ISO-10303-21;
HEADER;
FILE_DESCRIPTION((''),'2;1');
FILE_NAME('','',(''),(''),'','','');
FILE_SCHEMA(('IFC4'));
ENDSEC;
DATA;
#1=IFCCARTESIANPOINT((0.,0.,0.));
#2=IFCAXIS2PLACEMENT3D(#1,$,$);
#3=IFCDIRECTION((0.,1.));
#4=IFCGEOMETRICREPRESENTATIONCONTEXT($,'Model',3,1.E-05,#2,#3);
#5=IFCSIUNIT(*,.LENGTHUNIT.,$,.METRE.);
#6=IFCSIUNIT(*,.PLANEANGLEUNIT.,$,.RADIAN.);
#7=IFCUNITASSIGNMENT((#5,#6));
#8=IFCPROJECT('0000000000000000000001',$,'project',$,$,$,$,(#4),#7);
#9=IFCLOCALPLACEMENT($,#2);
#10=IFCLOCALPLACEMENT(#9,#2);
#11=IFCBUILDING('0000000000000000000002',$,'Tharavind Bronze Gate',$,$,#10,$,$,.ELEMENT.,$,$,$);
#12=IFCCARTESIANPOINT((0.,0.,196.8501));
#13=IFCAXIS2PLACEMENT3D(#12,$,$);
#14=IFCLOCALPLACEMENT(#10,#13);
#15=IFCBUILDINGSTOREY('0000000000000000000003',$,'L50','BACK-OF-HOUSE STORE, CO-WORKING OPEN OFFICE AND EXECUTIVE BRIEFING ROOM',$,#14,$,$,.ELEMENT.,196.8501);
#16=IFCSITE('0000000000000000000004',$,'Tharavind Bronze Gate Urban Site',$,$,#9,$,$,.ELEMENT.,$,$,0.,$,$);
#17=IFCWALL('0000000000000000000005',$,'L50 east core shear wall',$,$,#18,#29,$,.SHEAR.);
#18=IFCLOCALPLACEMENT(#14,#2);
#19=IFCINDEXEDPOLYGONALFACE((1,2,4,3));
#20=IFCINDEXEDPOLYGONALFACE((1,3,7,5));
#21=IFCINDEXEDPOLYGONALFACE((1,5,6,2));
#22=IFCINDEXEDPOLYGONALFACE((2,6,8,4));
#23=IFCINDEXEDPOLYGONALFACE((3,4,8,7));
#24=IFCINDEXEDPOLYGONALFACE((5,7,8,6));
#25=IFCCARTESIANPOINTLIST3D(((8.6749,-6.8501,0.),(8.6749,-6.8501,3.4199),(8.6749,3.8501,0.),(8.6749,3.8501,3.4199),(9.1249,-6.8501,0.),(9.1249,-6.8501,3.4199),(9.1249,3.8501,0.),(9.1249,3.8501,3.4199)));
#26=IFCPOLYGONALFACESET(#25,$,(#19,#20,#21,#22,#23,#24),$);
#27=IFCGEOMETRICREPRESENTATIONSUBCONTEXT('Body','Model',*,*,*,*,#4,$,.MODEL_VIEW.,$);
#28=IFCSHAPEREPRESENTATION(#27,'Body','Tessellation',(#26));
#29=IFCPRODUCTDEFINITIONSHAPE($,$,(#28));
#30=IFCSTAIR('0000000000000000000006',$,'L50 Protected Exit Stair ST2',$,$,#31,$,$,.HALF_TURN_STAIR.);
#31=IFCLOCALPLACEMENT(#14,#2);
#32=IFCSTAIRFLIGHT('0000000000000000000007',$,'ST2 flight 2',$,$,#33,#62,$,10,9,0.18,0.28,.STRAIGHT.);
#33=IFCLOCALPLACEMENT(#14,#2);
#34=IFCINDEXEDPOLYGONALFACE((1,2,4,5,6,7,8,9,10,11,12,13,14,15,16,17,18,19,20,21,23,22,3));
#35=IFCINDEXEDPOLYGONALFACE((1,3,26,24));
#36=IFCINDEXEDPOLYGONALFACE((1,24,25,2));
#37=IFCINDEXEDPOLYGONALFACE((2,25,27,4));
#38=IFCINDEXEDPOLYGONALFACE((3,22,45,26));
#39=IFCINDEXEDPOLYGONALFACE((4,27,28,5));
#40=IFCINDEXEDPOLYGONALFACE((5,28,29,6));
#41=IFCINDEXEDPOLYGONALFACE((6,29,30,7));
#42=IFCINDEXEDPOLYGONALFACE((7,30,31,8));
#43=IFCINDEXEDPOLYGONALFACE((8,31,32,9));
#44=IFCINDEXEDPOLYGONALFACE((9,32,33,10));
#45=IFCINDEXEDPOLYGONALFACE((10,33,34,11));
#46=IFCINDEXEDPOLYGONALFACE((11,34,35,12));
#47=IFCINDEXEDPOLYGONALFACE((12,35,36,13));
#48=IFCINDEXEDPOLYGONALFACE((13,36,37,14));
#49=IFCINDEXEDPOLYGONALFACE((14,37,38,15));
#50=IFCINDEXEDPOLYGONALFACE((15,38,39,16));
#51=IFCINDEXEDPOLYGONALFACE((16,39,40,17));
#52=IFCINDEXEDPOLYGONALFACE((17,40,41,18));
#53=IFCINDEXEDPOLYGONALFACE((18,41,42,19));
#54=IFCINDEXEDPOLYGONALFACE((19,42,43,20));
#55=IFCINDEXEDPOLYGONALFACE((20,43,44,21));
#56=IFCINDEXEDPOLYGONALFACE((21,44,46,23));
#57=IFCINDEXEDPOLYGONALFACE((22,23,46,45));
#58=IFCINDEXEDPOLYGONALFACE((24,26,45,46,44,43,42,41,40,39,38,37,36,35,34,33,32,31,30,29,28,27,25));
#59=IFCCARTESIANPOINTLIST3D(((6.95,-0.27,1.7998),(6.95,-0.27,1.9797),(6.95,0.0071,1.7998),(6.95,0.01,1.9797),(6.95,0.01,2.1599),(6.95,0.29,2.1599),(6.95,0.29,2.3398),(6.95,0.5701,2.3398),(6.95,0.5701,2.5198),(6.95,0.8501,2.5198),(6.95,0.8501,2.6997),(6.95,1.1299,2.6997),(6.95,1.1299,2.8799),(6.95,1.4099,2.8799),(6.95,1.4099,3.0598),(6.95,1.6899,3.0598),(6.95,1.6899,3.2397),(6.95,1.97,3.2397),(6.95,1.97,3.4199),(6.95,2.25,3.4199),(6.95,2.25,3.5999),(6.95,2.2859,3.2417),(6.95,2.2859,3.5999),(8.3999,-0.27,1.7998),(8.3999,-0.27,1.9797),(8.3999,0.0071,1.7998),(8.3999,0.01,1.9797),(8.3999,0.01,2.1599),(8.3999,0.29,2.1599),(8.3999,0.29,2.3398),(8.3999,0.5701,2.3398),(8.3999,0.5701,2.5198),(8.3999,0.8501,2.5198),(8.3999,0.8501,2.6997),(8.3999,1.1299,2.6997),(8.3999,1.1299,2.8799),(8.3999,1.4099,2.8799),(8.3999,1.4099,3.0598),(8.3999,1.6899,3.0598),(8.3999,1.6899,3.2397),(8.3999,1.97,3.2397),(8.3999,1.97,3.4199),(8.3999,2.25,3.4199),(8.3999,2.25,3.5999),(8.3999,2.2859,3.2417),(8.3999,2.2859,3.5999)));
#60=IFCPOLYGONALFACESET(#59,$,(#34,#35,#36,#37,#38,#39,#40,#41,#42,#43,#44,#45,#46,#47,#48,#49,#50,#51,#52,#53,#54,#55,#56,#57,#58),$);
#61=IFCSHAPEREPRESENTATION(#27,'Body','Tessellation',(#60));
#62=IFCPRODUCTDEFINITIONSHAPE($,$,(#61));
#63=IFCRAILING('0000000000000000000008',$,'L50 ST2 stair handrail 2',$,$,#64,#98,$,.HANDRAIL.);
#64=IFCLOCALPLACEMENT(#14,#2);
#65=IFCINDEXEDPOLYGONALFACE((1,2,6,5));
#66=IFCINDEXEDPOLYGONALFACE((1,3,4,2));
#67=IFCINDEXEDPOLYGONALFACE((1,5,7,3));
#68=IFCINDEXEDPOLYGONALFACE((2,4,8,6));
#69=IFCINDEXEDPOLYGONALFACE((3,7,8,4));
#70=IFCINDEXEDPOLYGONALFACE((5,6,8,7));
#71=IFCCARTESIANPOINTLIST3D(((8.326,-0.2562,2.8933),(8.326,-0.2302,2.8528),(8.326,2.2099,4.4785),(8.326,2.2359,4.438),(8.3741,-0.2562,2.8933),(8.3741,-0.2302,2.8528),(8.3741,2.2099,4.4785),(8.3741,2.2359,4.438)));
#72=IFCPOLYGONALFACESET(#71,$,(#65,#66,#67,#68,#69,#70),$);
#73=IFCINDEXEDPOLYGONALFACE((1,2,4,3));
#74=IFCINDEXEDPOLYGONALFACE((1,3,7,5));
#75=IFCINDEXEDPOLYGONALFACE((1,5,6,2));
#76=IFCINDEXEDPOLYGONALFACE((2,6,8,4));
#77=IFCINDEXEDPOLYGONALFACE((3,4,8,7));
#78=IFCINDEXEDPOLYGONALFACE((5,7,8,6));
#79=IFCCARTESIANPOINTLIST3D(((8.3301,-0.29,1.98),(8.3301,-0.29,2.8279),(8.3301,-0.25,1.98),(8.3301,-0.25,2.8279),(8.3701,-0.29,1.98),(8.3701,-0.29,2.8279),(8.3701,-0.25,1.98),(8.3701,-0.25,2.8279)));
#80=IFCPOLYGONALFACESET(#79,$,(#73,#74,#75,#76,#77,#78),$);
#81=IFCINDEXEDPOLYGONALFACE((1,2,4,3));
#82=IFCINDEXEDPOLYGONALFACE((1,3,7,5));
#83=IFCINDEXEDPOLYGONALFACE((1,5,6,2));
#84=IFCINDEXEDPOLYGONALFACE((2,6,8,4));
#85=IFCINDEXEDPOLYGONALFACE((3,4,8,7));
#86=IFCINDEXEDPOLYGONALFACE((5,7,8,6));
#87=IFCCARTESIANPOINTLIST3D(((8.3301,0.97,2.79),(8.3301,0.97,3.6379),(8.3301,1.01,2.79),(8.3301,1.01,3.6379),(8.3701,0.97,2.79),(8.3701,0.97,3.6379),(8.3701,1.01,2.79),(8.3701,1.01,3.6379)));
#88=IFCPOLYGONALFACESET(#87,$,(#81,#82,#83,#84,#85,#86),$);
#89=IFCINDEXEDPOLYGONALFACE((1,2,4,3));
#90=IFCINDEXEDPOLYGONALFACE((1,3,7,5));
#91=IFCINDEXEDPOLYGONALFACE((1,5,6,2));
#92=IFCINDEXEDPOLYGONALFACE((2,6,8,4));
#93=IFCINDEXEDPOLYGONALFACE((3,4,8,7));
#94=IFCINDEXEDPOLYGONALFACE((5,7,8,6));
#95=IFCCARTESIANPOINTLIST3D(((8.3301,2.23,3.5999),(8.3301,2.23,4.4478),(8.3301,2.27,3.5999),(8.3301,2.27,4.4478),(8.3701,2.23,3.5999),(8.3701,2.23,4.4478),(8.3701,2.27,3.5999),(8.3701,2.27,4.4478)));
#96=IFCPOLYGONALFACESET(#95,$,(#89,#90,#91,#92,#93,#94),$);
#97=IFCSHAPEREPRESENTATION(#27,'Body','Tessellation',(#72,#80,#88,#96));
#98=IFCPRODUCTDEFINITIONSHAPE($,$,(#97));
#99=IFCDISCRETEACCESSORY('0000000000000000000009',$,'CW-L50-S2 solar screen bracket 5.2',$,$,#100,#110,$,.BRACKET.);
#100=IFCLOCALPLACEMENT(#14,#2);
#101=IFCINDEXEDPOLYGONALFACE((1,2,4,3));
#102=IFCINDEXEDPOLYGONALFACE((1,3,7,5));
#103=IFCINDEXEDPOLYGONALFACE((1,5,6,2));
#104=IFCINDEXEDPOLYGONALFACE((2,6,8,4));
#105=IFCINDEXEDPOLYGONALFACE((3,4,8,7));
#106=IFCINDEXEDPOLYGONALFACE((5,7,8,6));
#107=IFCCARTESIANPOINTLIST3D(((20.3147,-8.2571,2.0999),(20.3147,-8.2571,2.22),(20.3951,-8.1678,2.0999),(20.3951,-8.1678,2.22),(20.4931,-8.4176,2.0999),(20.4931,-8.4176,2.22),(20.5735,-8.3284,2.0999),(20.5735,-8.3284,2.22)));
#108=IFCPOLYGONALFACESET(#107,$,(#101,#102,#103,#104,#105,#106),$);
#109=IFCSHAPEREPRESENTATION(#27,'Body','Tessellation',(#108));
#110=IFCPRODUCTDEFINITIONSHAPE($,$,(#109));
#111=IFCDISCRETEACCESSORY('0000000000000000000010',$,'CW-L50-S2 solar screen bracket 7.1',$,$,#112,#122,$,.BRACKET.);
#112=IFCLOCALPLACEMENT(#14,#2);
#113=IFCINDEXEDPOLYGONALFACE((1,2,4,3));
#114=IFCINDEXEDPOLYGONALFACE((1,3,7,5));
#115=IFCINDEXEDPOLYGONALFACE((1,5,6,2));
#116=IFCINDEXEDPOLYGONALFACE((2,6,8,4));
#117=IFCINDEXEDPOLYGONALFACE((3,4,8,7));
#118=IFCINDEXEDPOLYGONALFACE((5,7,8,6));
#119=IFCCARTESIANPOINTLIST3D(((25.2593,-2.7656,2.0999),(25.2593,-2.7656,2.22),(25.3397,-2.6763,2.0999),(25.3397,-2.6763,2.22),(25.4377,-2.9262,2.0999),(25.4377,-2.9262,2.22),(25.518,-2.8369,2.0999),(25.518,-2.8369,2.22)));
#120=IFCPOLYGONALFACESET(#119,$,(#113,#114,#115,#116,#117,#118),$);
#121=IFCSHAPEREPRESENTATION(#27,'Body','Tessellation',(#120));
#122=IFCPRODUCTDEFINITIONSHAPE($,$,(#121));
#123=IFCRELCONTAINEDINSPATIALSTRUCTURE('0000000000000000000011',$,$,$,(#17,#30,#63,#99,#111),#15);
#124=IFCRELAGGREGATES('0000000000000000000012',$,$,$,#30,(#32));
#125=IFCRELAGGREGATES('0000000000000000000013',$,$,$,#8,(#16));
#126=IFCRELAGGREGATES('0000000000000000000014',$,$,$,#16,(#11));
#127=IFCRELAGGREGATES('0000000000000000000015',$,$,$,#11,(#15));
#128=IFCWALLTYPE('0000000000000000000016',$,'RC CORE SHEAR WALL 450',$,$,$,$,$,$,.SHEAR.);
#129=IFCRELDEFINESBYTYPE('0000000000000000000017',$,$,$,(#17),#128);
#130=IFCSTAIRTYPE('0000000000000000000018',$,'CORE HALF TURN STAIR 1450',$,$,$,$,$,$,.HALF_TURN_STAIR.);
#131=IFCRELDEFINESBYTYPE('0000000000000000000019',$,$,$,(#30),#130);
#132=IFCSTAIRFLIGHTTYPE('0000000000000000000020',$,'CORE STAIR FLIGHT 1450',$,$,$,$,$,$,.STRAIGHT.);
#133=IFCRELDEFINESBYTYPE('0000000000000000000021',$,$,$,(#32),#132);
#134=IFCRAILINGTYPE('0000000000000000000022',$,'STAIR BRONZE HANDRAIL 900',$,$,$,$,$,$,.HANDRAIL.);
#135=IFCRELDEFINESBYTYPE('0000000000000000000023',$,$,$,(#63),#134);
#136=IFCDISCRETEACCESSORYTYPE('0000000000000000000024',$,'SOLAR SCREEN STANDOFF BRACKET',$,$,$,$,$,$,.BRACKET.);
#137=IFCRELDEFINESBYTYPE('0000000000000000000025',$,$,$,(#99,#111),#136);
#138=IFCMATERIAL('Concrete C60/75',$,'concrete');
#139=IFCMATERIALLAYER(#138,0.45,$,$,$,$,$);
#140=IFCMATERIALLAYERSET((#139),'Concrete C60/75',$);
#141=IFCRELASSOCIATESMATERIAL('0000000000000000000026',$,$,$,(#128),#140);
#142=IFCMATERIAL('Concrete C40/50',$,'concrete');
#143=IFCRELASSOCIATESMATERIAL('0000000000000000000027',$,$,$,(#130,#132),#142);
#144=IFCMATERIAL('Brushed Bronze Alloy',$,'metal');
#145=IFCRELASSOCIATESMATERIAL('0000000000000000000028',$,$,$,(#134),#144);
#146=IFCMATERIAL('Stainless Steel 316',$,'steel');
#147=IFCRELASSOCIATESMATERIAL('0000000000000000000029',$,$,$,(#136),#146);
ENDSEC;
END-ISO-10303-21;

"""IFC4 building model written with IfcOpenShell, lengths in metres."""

from ifc_helpers import new_model, si_unit, direction, frame, frame_2d, origin, origin_2d, place, context, subcontext, project, spatial, polyline, rectangle, outline, extrude, material, layer, layer_set, type_object, element, aggregate, save


model = new_model("IFC4")

# Units and contexts
model_context = context("Model", 3, precision=1e-05, world=origin(), true_north=direction((0.0, 1.0)))
body_context = subcontext(model_context, "Body", "Model", "MODEL_VIEW")
ifc_project = project(units=[si_unit("LENGTHUNIT", "METRE"), si_unit("PLANEANGLEUNIT", "RADIAN")], contexts=[model_context])

# Site, building, storey
site_placement = place(None, origin())
site = spatial("IfcSite", under=ifc_project, at=site_placement, Name="Tharavind Bronze Gate Urban Site", CompositionType="ELEMENT", RefElevation=0.0)
building_placement = place(site_placement, origin())
building = spatial("IfcBuilding", under=site, at=building_placement, Name="Tharavind Bronze Gate", CompositionType="ELEMENT")
storey_placement = place(building_placement, frame((0.0, 0.0, 196.8501)))
storey = spatial("IfcBuildingStorey", under=building, at=storey_placement, Name="L50", Description="BACK-OF-HOUSE STORE, CO-WORKING OPEN OFFICE AND EXECUTIVE BRIEFING ROOM", CompositionType="ELEMENT", Elevation=196.8501)

# Shared definitions
ifc_material_1 = material(Name="Concrete C60/75", Category="concrete")

# Wall
ifc_layer_1 = layer(ifc_material_1, 0.45)
ifc_layer_set_1 = layer_set([ifc_layer_1], Name="Concrete C60/75")
wall_type_1 = type_object("IfcWallType", Name="RC CORE SHEAR WALL 450", PredefinedType="SHEAR", material=ifc_layer_set_1)
wall_1_placement = place(storey_placement, frame((8.8999, -6.8501, 0.0), z_axis=(0.0, 0.0, 1.0), x_axis=(0.0, 1.0, 0.0)))
element("IfcWall", 1, at=wall_1_placement, inside=storey, type_object=wall_type_1, Name="L50 east core shear wall", PredefinedType="SHEAR", context=body_context, shape_type="SweptSolid", body=[
    extrude(rectangle(XDim=10.7002, YDim=0.45, at=frame_2d((5.3501, 0.0))), origin(), (0.0, 0.0, 1.0), 3.4199),
])

# Stair, stair flight
ifc_material_2 = material(Name="Concrete C40/50", Category="concrete")
stair_type = type_object("IfcStairType", Name="CORE HALF TURN STAIR 1450", PredefinedType="HALF_TURN_STAIR", material=ifc_material_2)
stair_placement = place(storey_placement, origin())
stair = element("IfcStair", 2, at=stair_placement, inside=storey, type_object=stair_type, Name="L50 Protected Exit Stair ST2", PredefinedType="HALF_TURN_STAIR")
stair_flight_type = type_object("IfcStairFlightType", Name="CORE STAIR FLIGHT 1450", PredefinedType="STRAIGHT", material=ifc_material_2)
stair_flight_placement = place(storey_placement, frame((7.675, -0.27, 1.7998), z_axis=(0.0, 0.0, 1.0), x_axis=(0.0, 1.0, 0.0)))
stair_flight = element("IfcStairFlight", 3, at=stair_flight_placement, type_object=stair_flight_type, Name="ST2 flight 2", NumberOfRisers=10, NumberOfTreads=9, PredefinedType="STRAIGHT", RiserHeight=0.18, TreadLength=0.28, context=body_context, shape_type="SweptSolid", body=[
    extrude(outline(polyline([(0.0, 0.0), (0.0, 0.1799), (0.28, 0.1799), (0.28, 0.3601), (0.5601, 0.3601), (0.5601, 0.54), (0.8401, 0.54), (0.8401, 0.72), (1.1201, 0.72), (1.1201, 0.8999), (1.3999, 0.8999), (1.3999, 1.0801), (1.6799, 1.0801), (1.6799, 1.26), (1.96, 1.26), (1.96, 1.4399), (2.24, 1.4399), (2.24, 1.6201), (2.52, 1.6201), (2.52, 1.8), (2.5559, 1.8), (2.5559, 1.4419), (0.2771, 0.0), (0.0, 0.0)])), frame((0.0, 0.7251, 0.0), z_axis=(0.0, -1.0, 0.0), x_axis=(1.0, 0.0, 0.0)), (0.0, 0.0, 1.0), 1.45),
])
aggregate(stair, [stair_flight])

# Railing
ifc_material_3 = material(Name="Brushed Bronze Alloy", Category="metal")
railing_type = type_object("IfcRailingType", Name="STAIR BRONZE HANDRAIL 900", PredefinedType="HANDRAIL", material=ifc_material_3)
railing_placement = place(storey_placement, frame((8.3501, -0.27, 1.98)))
element("IfcRailing", 4, at=railing_placement, inside=storey, type_object=railing_type, Name="L50 ST2 stair handrail 2", PredefinedType="HANDRAIL", context=body_context, shape_type="SweptSolid", body=[
    extrude(rectangle(XDim=0.0481, YDim=0.0481, at=origin_2d()), frame((0.0, 0.0269, 0.8931), z_axis=(0.0, 0.8412, 0.540725), x_axis=(-1.0, 0.0, 0.0)), (0.0, 0.0, 1.0), 2.9316),
    extrude(rectangle(XDim=0.04, YDim=0.04, at=origin_2d()), origin(), (0.0, 0.0, 1.0), 0.8479),
    extrude(rectangle(XDim=0.04, YDim=0.04, at=origin_2d()), frame((0.0, 1.26, 0.8101)), (0.0, 0.0, 1.0), 0.8479),
    extrude(rectangle(XDim=0.04, YDim=0.04, at=origin_2d()), frame((0.0, 2.52, 1.6199)), (0.0, 0.0, 1.0), 0.8479),
])

# Discrete accessories
ifc_material_4 = material(Name="Stainless Steel 316", Category="steel")
discrete_accessory_type = type_object("IfcDiscreteAccessoryType", Name="SOLAR SCREEN STANDOFF BRACKET", PredefinedType="BRACKET", material=ifc_material_4)
for number, where, z_axis, x_axis, name in (
    (5, (20.4441, -8.2927, 2.0999), (0.0, 0.0, 1.0), (0.669131, 0.743145, 0.0), "CW-L50-S2 solar screen bracket 5.2"),
    (6, (25.3887, -2.8013, 2.0999), (0.0, 0.0, 1.0), (0.669131, 0.743145, 0.0), "CW-L50-S2 solar screen bracket 7.1"),
):
    element("IfcDiscreteAccessory", number, at=place(storey_placement, frame(where, z_axis=z_axis, x_axis=x_axis)), inside=storey, type_object=discrete_accessory_type, Name=name, PredefinedType="BRACKET", context=body_context, shape_type="SweptSolid", body=[
        extrude(rectangle(XDim=0.1201, YDim=0.24, at=origin_2d()), origin(), (0.0, 0.0, 1.0), 0.1201),
    ])

save(model, "model.ifc")
